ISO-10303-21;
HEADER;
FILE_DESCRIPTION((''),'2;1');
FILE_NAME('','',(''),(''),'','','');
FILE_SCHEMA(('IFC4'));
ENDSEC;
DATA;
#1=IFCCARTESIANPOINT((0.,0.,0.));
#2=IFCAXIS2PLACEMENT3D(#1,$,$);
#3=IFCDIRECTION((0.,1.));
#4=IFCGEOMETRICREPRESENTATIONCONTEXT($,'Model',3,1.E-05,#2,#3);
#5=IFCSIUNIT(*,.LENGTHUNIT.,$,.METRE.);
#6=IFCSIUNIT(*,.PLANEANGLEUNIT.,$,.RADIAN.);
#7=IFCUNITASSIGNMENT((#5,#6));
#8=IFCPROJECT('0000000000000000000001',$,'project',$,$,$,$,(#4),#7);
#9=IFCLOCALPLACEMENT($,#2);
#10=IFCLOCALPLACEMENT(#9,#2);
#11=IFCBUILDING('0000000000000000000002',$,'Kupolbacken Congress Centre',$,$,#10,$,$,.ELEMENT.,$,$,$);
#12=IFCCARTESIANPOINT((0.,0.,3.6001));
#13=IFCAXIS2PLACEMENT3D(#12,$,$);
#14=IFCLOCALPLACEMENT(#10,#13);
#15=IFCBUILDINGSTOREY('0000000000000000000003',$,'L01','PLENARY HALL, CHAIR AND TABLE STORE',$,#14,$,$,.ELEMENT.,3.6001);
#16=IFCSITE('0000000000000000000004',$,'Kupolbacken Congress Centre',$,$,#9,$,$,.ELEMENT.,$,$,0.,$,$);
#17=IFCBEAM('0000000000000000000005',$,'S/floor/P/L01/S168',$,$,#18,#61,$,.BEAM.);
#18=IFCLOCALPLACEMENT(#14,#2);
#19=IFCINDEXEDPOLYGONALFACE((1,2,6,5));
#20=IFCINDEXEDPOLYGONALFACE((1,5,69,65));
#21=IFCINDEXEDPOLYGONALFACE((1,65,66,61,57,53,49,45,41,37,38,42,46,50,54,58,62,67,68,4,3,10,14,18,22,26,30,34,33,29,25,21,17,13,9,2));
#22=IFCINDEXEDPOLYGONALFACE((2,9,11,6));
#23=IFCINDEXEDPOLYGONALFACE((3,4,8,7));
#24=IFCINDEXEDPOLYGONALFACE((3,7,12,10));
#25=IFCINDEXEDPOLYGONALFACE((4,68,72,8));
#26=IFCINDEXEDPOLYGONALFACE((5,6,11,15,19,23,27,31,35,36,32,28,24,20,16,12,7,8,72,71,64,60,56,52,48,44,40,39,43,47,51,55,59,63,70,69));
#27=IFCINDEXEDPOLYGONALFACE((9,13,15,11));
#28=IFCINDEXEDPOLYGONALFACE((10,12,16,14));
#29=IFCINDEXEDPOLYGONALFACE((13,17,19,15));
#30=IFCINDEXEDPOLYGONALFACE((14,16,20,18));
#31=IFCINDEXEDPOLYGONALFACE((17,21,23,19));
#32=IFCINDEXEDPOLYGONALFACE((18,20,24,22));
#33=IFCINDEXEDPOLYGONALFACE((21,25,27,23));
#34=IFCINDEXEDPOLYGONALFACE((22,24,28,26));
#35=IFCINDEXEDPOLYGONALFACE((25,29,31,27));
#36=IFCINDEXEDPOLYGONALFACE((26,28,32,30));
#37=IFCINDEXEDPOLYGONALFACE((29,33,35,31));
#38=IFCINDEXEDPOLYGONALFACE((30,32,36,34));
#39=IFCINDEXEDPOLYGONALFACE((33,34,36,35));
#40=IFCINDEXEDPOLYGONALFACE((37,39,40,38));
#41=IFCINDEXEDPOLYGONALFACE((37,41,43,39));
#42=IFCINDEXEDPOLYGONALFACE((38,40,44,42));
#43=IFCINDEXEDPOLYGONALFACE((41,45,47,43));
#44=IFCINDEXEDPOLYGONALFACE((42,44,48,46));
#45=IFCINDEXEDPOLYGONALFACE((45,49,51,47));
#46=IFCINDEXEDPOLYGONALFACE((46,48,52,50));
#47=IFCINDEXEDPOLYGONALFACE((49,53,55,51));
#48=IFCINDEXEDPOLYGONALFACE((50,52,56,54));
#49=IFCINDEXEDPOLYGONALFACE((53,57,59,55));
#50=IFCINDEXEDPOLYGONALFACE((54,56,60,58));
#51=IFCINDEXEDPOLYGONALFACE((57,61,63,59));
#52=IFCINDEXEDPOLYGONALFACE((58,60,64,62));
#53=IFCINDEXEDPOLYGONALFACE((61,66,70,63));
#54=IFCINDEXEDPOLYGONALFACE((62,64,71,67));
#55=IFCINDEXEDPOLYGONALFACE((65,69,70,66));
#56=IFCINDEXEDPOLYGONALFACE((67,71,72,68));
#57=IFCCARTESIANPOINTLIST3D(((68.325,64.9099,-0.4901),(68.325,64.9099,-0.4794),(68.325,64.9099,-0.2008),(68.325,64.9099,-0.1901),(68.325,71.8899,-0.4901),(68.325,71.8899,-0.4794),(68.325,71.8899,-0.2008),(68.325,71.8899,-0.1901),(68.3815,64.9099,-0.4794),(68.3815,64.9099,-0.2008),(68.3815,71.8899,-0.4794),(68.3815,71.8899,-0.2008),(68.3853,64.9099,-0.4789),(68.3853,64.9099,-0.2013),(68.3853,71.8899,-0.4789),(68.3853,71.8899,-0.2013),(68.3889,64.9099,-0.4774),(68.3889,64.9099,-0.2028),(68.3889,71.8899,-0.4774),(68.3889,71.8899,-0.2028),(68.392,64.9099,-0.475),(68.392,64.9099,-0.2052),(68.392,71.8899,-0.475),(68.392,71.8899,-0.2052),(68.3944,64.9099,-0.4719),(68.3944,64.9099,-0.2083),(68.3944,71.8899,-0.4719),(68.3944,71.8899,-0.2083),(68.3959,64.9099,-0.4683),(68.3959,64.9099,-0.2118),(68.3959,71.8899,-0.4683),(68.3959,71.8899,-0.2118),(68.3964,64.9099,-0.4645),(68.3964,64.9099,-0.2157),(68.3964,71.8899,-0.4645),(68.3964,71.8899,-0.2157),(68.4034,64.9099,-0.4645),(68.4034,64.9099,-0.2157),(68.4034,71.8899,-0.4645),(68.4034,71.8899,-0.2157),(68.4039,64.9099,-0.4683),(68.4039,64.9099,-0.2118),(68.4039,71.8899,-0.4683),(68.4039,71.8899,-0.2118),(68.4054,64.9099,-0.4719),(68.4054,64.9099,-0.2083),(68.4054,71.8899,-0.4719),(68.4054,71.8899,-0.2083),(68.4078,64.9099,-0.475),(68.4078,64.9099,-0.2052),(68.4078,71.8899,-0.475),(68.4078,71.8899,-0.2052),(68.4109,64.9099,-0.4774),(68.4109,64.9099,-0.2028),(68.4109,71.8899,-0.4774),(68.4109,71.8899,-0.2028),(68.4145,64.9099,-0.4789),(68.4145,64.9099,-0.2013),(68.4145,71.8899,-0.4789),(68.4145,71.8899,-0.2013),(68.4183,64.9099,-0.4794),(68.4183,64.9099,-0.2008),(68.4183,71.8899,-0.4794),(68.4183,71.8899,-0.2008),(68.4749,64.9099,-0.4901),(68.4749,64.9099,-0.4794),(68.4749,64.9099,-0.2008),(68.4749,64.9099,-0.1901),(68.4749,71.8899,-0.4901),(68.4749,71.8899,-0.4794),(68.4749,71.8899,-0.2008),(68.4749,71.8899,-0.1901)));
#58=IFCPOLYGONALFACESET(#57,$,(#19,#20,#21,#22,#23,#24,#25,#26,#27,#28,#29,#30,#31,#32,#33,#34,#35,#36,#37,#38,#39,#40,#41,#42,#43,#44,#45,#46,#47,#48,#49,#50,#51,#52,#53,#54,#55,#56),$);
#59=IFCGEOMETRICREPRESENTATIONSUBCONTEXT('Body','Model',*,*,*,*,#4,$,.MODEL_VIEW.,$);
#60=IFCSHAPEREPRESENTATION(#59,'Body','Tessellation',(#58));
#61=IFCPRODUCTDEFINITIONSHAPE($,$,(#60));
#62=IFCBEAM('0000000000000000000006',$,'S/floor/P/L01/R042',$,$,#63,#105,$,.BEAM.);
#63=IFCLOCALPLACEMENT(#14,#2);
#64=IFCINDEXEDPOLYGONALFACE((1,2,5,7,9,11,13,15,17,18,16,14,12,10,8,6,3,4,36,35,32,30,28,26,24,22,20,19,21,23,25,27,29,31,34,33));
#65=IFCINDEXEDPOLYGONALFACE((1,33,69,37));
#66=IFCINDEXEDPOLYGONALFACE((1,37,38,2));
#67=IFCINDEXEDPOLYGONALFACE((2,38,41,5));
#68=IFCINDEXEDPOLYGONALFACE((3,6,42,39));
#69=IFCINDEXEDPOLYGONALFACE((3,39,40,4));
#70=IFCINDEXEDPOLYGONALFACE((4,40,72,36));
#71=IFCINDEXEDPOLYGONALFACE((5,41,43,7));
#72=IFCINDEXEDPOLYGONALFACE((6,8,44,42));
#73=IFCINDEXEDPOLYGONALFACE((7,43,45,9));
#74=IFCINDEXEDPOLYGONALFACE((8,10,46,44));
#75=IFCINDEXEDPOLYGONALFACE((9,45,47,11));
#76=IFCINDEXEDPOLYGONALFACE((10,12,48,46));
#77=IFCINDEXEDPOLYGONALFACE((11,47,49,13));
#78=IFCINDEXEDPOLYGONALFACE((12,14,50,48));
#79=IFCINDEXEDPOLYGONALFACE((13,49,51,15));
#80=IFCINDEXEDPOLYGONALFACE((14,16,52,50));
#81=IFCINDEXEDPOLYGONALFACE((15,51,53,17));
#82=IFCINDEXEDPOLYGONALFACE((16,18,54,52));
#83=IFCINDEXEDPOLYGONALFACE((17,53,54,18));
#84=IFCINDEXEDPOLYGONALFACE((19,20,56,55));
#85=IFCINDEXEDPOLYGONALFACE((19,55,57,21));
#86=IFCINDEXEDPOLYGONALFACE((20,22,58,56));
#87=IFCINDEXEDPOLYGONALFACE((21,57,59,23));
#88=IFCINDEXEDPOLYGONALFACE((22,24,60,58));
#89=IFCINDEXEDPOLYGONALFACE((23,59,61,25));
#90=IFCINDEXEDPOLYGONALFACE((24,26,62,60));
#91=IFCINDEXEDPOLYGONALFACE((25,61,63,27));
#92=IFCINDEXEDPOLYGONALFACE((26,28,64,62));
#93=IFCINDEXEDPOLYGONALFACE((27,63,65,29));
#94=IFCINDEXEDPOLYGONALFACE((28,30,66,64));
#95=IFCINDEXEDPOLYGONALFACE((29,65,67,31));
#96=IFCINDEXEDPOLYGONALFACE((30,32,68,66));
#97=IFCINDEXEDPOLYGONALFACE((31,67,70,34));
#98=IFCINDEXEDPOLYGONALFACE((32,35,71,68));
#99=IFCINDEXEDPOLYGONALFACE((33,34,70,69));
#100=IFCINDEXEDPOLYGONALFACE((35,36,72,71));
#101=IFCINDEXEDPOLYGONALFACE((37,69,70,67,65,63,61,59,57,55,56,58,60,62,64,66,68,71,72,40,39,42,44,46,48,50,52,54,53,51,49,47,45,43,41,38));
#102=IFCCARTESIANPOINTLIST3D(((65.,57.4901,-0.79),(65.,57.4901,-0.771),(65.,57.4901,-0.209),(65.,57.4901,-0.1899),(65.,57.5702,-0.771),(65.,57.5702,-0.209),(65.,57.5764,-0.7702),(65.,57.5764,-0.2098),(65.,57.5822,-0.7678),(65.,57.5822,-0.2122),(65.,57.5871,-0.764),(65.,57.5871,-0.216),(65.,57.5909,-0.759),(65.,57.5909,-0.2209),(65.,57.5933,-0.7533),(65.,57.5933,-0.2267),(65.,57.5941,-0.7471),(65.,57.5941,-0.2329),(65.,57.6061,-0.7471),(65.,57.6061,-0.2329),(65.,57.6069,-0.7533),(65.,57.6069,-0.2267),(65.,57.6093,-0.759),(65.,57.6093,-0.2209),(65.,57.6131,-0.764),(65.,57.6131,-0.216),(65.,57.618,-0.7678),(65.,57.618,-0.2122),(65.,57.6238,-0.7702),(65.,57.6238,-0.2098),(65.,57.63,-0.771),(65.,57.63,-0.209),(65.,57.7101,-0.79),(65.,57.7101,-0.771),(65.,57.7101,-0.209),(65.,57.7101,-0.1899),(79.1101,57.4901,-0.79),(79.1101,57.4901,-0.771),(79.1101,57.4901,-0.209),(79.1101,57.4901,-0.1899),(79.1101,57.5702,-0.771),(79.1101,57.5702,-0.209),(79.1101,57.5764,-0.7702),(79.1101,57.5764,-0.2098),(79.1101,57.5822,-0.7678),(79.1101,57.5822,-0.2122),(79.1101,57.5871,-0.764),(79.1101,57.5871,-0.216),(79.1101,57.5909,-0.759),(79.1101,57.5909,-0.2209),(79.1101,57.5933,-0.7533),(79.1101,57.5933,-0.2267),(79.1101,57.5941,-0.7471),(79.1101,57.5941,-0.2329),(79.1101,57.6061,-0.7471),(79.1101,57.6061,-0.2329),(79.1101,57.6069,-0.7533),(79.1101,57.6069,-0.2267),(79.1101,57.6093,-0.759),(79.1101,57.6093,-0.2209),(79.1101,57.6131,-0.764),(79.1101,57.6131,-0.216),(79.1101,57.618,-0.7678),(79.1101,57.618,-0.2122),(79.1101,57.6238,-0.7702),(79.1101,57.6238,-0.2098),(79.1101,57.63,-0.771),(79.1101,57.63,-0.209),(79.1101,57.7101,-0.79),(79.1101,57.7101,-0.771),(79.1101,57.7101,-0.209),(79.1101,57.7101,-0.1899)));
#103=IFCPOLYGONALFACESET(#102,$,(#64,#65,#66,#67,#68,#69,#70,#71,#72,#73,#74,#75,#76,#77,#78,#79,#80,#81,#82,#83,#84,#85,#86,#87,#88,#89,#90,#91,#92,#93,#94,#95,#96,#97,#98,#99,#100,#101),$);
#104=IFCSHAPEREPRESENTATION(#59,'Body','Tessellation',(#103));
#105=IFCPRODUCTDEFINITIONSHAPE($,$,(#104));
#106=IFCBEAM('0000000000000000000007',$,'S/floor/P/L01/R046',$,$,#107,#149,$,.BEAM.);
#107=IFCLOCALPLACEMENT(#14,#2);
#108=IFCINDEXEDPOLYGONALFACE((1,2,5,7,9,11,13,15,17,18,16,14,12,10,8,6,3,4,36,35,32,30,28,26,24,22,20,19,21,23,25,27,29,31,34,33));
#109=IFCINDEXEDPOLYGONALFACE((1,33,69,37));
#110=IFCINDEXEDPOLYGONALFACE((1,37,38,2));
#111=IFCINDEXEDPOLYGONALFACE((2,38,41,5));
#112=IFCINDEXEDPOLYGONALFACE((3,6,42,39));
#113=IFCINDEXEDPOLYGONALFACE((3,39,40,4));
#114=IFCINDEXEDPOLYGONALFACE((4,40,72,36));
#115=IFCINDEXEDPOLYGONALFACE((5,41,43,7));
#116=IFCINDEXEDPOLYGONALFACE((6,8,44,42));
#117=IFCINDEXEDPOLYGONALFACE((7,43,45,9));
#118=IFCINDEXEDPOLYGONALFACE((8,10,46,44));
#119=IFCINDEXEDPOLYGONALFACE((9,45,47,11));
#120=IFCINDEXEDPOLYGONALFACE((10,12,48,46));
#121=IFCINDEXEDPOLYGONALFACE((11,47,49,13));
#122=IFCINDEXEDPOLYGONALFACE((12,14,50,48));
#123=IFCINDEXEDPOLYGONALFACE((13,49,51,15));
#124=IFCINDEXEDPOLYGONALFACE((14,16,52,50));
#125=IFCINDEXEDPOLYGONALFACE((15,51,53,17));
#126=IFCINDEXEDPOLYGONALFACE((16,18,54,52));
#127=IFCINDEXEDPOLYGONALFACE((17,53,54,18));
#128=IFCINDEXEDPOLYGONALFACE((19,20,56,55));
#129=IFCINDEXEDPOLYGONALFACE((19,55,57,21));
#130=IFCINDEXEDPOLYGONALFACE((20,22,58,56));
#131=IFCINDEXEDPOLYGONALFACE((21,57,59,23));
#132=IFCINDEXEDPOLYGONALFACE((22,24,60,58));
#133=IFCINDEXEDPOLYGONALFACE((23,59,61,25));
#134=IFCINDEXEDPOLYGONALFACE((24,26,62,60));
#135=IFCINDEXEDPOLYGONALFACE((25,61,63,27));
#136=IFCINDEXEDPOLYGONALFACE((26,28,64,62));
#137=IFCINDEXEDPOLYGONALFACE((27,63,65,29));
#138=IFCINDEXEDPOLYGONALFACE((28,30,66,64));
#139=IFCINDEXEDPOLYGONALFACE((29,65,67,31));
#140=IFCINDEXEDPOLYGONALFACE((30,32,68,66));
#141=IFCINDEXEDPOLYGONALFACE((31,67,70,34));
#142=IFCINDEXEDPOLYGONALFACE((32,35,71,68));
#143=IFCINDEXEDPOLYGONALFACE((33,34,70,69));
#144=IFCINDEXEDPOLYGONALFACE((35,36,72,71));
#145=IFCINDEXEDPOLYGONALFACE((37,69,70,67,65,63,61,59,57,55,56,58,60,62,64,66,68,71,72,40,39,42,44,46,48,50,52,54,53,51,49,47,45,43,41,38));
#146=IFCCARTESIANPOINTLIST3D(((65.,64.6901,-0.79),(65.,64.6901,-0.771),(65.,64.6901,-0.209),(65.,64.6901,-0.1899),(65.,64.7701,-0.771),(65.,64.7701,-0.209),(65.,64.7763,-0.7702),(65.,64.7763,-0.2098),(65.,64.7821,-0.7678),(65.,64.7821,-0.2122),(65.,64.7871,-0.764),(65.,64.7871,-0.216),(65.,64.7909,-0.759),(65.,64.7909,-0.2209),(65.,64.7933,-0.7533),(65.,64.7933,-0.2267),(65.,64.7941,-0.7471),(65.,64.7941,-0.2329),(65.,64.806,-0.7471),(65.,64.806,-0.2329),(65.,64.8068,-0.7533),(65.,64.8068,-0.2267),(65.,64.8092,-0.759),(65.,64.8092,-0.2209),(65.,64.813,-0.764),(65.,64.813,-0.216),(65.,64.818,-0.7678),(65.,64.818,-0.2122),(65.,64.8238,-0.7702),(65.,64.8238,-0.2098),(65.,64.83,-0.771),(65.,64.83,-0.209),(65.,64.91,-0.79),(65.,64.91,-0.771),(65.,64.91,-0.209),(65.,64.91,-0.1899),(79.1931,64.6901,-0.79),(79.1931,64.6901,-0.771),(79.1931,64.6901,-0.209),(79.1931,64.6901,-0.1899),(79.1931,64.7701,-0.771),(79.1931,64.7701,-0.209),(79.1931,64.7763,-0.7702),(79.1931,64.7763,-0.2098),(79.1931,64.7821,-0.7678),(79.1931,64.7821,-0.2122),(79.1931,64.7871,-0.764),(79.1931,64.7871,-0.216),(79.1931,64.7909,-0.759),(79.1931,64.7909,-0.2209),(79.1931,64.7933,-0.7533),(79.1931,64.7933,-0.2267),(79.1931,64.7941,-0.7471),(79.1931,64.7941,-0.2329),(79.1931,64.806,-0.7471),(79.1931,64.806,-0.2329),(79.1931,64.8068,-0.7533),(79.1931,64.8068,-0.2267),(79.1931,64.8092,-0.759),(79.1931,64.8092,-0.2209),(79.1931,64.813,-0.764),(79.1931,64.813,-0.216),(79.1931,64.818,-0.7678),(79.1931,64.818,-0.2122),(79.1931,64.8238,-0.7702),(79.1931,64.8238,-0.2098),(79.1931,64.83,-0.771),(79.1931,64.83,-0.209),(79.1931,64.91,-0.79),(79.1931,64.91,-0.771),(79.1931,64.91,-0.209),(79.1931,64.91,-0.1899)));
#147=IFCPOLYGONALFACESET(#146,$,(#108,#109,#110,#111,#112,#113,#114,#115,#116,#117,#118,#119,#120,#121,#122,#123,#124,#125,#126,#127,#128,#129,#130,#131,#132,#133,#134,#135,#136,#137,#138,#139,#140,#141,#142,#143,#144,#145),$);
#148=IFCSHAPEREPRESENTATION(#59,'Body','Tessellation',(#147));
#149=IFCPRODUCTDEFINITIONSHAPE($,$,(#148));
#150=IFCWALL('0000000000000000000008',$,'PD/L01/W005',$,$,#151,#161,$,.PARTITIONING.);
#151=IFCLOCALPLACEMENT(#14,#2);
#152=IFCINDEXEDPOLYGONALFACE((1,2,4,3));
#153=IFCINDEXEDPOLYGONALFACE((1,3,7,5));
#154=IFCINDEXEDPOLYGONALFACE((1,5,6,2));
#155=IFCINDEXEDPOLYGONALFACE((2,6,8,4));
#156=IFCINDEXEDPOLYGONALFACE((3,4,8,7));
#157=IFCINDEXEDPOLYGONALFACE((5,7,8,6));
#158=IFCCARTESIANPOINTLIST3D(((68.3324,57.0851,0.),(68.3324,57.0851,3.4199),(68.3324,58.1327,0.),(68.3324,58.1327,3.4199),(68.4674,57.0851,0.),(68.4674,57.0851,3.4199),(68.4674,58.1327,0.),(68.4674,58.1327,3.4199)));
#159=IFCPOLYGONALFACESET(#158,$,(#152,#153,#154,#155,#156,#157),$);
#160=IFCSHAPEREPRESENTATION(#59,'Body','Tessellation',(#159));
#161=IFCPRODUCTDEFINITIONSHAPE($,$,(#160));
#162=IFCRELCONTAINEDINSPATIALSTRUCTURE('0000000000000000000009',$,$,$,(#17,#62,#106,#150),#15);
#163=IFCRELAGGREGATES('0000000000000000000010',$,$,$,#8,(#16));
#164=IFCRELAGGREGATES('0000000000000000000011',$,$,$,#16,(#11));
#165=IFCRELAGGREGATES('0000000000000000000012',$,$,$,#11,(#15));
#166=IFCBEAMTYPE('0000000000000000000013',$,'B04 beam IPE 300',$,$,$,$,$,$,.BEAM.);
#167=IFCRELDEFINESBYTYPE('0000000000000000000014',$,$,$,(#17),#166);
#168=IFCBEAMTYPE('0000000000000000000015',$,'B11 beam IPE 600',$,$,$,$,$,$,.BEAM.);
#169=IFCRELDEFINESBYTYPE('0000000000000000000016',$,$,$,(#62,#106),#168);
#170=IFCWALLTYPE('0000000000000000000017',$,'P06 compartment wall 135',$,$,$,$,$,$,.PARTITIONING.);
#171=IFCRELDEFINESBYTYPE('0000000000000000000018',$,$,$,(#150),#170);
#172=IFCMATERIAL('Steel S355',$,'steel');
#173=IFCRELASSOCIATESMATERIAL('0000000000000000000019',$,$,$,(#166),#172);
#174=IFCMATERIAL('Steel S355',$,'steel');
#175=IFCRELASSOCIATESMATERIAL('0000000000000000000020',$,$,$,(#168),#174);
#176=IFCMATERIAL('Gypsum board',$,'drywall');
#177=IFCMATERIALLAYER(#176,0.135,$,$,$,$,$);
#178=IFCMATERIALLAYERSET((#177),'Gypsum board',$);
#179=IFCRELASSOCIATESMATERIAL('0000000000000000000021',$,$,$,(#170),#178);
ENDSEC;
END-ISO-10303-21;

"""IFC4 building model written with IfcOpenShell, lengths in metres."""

from ifc_helpers import new_model, si_unit, direction, frame, frame_2d, origin, origin_2d, place, context, subcontext, project, spatial, rectangle, i_section, extrude, material, layer, layer_set, material_profile, profile_set, type_object, element, save


model = new_model("IFC4")

# Units and contexts
model_context = context("Model", 3, precision=1e-05, world=origin(), true_north=direction((0.0, 1.0)))
body_context = subcontext(model_context, "Body", "Model", "MODEL_VIEW")
ifc_project = project(units=[si_unit("LENGTHUNIT", "METRE"), si_unit("PLANEANGLEUNIT", "RADIAN")], contexts=[model_context])

# Site, building, storey
site_placement = place(None, origin())
site = spatial("IfcSite", under=ifc_project, at=site_placement, Name="Kupolbacken Congress Centre", CompositionType="ELEMENT", RefElevation=0.0)
building_placement = place(site_placement, origin())
building = spatial("IfcBuilding", under=site, at=building_placement, Name="Kupolbacken Congress Centre", CompositionType="ELEMENT")
storey_placement = place(building_placement, frame((0.0, 0.0, 3.6001)))
storey = spatial("IfcBuildingStorey", under=building, at=storey_placement, Name="L01", Description="PLENARY HALL, CHAIR AND TABLE STORE", CompositionType="ELEMENT", Elevation=3.6001)

# Beams
ifc_material_1 = material(Name="Steel S355", Category="steel")
ifc_material_profile_1 = material_profile(ifc_material_1, i_section(OverallWidth=0.1499, OverallDepth=0.3, WebThickness=0.0071, FlangeThickness=0.0107, FilletRadius=0.0149, at=origin_2d()), Name="IPE 300")
ifc_profile_set_1 = profile_set([ifc_material_profile_1], Name="Steel S355")
beam_type_1 = type_object("IfcBeamType", Name="B04 beam IPE 300", PredefinedType="BEAM", material=ifc_profile_set_1)
for number, where, z_axis, x_axis, name in (
    (1, (68.3999, 64.9099, -0.3401), (0.0, 1.0, 0.0), (-1.0, 0.0, 0.0), "S/floor/P/L01/S168"),
):
    element("IfcBeam", number, at=place(storey_placement, frame(where, z_axis=z_axis, x_axis=x_axis)), inside=storey, type_object=beam_type_1, Name=name, PredefinedType="BEAM", context=body_context, shape_type="SweptSolid", body=[
        extrude(i_section(OverallWidth=0.1499, OverallDepth=0.3, WebThickness=0.0071, FlangeThickness=0.0107, FilletRadius=0.0149, at=origin_2d()), origin(), (0.0, 0.0, 1.0), 6.98),
    ])
ifc_material_2 = material(Name="Steel S355", Category="steel")
ifc_material_profile_2 = material_profile(ifc_material_2, i_section(OverallWidth=0.22, OverallDepth=0.6001, WebThickness=0.012, FlangeThickness=0.019, FilletRadius=0.0239, at=origin_2d()), Name="IPE 600")
ifc_profile_set_2 = profile_set([ifc_material_profile_2], Name="Steel S355")
beam_type_2 = type_object("IfcBeamType", Name="B11 beam IPE 600", PredefinedType="BEAM", material=ifc_profile_set_2)
beam_1_placement = place(storey_placement, frame((65.0, 57.6001, -0.49), z_axis=(1.0, 0.0, 0.0), x_axis=(0.0, 1.0, 0.0)))
element("IfcBeam", 2, at=beam_1_placement, inside=storey, type_object=beam_type_2, Name="S/floor/P/L01/R042", PredefinedType="BEAM", context=body_context, shape_type="SweptSolid", body=[
    extrude(i_section(OverallWidth=0.22, OverallDepth=0.6001, WebThickness=0.012, FlangeThickness=0.019, FilletRadius=0.0239, at=origin_2d()), origin(), (0.0, 0.0, 1.0), 14.1101),
])
beam_2_placement = place(storey_placement, frame((65.0, 64.8, -0.49), z_axis=(1.0, 0.0, 0.0), x_axis=(0.0, 1.0, 0.0)))
element("IfcBeam", 3, at=beam_2_placement, inside=storey, type_object=beam_type_2, Name="S/floor/P/L01/R046", PredefinedType="BEAM", context=body_context, shape_type="SweptSolid", body=[
    extrude(i_section(OverallWidth=0.22, OverallDepth=0.6001, WebThickness=0.012, FlangeThickness=0.019, FilletRadius=0.0239, at=origin_2d()), origin(), (0.0, 0.0, 1.0), 14.1931),
])

# Wall
ifc_material_3 = material(Name="Gypsum board", Category="drywall")
ifc_layer_1 = layer(ifc_material_3, 0.135)
ifc_layer_set_1 = layer_set([ifc_layer_1], Name="Gypsum board")
wall_type_1 = type_object("IfcWallType", Name="P06 compartment wall 135", PredefinedType="PARTITIONING", material=ifc_layer_set_1)
wall_1_placement = place(storey_placement, frame((68.3999, 57.085, 0.0), z_axis=(0.0, 0.0, 1.0), x_axis=(0.0, 1.0, 0.0)))
element("IfcWall", 4, at=wall_1_placement, inside=storey, type_object=wall_type_1, Name="PD/L01/W005", PredefinedType="PARTITIONING", context=body_context, shape_type="SweptSolid", body=[
    extrude(rectangle(XDim=1.0476, YDim=0.135, at=frame_2d((0.5239, 0.0))), origin(), (0.0, 0.0, 1.0), 3.4199),
])

save(model, "model.ifc")
